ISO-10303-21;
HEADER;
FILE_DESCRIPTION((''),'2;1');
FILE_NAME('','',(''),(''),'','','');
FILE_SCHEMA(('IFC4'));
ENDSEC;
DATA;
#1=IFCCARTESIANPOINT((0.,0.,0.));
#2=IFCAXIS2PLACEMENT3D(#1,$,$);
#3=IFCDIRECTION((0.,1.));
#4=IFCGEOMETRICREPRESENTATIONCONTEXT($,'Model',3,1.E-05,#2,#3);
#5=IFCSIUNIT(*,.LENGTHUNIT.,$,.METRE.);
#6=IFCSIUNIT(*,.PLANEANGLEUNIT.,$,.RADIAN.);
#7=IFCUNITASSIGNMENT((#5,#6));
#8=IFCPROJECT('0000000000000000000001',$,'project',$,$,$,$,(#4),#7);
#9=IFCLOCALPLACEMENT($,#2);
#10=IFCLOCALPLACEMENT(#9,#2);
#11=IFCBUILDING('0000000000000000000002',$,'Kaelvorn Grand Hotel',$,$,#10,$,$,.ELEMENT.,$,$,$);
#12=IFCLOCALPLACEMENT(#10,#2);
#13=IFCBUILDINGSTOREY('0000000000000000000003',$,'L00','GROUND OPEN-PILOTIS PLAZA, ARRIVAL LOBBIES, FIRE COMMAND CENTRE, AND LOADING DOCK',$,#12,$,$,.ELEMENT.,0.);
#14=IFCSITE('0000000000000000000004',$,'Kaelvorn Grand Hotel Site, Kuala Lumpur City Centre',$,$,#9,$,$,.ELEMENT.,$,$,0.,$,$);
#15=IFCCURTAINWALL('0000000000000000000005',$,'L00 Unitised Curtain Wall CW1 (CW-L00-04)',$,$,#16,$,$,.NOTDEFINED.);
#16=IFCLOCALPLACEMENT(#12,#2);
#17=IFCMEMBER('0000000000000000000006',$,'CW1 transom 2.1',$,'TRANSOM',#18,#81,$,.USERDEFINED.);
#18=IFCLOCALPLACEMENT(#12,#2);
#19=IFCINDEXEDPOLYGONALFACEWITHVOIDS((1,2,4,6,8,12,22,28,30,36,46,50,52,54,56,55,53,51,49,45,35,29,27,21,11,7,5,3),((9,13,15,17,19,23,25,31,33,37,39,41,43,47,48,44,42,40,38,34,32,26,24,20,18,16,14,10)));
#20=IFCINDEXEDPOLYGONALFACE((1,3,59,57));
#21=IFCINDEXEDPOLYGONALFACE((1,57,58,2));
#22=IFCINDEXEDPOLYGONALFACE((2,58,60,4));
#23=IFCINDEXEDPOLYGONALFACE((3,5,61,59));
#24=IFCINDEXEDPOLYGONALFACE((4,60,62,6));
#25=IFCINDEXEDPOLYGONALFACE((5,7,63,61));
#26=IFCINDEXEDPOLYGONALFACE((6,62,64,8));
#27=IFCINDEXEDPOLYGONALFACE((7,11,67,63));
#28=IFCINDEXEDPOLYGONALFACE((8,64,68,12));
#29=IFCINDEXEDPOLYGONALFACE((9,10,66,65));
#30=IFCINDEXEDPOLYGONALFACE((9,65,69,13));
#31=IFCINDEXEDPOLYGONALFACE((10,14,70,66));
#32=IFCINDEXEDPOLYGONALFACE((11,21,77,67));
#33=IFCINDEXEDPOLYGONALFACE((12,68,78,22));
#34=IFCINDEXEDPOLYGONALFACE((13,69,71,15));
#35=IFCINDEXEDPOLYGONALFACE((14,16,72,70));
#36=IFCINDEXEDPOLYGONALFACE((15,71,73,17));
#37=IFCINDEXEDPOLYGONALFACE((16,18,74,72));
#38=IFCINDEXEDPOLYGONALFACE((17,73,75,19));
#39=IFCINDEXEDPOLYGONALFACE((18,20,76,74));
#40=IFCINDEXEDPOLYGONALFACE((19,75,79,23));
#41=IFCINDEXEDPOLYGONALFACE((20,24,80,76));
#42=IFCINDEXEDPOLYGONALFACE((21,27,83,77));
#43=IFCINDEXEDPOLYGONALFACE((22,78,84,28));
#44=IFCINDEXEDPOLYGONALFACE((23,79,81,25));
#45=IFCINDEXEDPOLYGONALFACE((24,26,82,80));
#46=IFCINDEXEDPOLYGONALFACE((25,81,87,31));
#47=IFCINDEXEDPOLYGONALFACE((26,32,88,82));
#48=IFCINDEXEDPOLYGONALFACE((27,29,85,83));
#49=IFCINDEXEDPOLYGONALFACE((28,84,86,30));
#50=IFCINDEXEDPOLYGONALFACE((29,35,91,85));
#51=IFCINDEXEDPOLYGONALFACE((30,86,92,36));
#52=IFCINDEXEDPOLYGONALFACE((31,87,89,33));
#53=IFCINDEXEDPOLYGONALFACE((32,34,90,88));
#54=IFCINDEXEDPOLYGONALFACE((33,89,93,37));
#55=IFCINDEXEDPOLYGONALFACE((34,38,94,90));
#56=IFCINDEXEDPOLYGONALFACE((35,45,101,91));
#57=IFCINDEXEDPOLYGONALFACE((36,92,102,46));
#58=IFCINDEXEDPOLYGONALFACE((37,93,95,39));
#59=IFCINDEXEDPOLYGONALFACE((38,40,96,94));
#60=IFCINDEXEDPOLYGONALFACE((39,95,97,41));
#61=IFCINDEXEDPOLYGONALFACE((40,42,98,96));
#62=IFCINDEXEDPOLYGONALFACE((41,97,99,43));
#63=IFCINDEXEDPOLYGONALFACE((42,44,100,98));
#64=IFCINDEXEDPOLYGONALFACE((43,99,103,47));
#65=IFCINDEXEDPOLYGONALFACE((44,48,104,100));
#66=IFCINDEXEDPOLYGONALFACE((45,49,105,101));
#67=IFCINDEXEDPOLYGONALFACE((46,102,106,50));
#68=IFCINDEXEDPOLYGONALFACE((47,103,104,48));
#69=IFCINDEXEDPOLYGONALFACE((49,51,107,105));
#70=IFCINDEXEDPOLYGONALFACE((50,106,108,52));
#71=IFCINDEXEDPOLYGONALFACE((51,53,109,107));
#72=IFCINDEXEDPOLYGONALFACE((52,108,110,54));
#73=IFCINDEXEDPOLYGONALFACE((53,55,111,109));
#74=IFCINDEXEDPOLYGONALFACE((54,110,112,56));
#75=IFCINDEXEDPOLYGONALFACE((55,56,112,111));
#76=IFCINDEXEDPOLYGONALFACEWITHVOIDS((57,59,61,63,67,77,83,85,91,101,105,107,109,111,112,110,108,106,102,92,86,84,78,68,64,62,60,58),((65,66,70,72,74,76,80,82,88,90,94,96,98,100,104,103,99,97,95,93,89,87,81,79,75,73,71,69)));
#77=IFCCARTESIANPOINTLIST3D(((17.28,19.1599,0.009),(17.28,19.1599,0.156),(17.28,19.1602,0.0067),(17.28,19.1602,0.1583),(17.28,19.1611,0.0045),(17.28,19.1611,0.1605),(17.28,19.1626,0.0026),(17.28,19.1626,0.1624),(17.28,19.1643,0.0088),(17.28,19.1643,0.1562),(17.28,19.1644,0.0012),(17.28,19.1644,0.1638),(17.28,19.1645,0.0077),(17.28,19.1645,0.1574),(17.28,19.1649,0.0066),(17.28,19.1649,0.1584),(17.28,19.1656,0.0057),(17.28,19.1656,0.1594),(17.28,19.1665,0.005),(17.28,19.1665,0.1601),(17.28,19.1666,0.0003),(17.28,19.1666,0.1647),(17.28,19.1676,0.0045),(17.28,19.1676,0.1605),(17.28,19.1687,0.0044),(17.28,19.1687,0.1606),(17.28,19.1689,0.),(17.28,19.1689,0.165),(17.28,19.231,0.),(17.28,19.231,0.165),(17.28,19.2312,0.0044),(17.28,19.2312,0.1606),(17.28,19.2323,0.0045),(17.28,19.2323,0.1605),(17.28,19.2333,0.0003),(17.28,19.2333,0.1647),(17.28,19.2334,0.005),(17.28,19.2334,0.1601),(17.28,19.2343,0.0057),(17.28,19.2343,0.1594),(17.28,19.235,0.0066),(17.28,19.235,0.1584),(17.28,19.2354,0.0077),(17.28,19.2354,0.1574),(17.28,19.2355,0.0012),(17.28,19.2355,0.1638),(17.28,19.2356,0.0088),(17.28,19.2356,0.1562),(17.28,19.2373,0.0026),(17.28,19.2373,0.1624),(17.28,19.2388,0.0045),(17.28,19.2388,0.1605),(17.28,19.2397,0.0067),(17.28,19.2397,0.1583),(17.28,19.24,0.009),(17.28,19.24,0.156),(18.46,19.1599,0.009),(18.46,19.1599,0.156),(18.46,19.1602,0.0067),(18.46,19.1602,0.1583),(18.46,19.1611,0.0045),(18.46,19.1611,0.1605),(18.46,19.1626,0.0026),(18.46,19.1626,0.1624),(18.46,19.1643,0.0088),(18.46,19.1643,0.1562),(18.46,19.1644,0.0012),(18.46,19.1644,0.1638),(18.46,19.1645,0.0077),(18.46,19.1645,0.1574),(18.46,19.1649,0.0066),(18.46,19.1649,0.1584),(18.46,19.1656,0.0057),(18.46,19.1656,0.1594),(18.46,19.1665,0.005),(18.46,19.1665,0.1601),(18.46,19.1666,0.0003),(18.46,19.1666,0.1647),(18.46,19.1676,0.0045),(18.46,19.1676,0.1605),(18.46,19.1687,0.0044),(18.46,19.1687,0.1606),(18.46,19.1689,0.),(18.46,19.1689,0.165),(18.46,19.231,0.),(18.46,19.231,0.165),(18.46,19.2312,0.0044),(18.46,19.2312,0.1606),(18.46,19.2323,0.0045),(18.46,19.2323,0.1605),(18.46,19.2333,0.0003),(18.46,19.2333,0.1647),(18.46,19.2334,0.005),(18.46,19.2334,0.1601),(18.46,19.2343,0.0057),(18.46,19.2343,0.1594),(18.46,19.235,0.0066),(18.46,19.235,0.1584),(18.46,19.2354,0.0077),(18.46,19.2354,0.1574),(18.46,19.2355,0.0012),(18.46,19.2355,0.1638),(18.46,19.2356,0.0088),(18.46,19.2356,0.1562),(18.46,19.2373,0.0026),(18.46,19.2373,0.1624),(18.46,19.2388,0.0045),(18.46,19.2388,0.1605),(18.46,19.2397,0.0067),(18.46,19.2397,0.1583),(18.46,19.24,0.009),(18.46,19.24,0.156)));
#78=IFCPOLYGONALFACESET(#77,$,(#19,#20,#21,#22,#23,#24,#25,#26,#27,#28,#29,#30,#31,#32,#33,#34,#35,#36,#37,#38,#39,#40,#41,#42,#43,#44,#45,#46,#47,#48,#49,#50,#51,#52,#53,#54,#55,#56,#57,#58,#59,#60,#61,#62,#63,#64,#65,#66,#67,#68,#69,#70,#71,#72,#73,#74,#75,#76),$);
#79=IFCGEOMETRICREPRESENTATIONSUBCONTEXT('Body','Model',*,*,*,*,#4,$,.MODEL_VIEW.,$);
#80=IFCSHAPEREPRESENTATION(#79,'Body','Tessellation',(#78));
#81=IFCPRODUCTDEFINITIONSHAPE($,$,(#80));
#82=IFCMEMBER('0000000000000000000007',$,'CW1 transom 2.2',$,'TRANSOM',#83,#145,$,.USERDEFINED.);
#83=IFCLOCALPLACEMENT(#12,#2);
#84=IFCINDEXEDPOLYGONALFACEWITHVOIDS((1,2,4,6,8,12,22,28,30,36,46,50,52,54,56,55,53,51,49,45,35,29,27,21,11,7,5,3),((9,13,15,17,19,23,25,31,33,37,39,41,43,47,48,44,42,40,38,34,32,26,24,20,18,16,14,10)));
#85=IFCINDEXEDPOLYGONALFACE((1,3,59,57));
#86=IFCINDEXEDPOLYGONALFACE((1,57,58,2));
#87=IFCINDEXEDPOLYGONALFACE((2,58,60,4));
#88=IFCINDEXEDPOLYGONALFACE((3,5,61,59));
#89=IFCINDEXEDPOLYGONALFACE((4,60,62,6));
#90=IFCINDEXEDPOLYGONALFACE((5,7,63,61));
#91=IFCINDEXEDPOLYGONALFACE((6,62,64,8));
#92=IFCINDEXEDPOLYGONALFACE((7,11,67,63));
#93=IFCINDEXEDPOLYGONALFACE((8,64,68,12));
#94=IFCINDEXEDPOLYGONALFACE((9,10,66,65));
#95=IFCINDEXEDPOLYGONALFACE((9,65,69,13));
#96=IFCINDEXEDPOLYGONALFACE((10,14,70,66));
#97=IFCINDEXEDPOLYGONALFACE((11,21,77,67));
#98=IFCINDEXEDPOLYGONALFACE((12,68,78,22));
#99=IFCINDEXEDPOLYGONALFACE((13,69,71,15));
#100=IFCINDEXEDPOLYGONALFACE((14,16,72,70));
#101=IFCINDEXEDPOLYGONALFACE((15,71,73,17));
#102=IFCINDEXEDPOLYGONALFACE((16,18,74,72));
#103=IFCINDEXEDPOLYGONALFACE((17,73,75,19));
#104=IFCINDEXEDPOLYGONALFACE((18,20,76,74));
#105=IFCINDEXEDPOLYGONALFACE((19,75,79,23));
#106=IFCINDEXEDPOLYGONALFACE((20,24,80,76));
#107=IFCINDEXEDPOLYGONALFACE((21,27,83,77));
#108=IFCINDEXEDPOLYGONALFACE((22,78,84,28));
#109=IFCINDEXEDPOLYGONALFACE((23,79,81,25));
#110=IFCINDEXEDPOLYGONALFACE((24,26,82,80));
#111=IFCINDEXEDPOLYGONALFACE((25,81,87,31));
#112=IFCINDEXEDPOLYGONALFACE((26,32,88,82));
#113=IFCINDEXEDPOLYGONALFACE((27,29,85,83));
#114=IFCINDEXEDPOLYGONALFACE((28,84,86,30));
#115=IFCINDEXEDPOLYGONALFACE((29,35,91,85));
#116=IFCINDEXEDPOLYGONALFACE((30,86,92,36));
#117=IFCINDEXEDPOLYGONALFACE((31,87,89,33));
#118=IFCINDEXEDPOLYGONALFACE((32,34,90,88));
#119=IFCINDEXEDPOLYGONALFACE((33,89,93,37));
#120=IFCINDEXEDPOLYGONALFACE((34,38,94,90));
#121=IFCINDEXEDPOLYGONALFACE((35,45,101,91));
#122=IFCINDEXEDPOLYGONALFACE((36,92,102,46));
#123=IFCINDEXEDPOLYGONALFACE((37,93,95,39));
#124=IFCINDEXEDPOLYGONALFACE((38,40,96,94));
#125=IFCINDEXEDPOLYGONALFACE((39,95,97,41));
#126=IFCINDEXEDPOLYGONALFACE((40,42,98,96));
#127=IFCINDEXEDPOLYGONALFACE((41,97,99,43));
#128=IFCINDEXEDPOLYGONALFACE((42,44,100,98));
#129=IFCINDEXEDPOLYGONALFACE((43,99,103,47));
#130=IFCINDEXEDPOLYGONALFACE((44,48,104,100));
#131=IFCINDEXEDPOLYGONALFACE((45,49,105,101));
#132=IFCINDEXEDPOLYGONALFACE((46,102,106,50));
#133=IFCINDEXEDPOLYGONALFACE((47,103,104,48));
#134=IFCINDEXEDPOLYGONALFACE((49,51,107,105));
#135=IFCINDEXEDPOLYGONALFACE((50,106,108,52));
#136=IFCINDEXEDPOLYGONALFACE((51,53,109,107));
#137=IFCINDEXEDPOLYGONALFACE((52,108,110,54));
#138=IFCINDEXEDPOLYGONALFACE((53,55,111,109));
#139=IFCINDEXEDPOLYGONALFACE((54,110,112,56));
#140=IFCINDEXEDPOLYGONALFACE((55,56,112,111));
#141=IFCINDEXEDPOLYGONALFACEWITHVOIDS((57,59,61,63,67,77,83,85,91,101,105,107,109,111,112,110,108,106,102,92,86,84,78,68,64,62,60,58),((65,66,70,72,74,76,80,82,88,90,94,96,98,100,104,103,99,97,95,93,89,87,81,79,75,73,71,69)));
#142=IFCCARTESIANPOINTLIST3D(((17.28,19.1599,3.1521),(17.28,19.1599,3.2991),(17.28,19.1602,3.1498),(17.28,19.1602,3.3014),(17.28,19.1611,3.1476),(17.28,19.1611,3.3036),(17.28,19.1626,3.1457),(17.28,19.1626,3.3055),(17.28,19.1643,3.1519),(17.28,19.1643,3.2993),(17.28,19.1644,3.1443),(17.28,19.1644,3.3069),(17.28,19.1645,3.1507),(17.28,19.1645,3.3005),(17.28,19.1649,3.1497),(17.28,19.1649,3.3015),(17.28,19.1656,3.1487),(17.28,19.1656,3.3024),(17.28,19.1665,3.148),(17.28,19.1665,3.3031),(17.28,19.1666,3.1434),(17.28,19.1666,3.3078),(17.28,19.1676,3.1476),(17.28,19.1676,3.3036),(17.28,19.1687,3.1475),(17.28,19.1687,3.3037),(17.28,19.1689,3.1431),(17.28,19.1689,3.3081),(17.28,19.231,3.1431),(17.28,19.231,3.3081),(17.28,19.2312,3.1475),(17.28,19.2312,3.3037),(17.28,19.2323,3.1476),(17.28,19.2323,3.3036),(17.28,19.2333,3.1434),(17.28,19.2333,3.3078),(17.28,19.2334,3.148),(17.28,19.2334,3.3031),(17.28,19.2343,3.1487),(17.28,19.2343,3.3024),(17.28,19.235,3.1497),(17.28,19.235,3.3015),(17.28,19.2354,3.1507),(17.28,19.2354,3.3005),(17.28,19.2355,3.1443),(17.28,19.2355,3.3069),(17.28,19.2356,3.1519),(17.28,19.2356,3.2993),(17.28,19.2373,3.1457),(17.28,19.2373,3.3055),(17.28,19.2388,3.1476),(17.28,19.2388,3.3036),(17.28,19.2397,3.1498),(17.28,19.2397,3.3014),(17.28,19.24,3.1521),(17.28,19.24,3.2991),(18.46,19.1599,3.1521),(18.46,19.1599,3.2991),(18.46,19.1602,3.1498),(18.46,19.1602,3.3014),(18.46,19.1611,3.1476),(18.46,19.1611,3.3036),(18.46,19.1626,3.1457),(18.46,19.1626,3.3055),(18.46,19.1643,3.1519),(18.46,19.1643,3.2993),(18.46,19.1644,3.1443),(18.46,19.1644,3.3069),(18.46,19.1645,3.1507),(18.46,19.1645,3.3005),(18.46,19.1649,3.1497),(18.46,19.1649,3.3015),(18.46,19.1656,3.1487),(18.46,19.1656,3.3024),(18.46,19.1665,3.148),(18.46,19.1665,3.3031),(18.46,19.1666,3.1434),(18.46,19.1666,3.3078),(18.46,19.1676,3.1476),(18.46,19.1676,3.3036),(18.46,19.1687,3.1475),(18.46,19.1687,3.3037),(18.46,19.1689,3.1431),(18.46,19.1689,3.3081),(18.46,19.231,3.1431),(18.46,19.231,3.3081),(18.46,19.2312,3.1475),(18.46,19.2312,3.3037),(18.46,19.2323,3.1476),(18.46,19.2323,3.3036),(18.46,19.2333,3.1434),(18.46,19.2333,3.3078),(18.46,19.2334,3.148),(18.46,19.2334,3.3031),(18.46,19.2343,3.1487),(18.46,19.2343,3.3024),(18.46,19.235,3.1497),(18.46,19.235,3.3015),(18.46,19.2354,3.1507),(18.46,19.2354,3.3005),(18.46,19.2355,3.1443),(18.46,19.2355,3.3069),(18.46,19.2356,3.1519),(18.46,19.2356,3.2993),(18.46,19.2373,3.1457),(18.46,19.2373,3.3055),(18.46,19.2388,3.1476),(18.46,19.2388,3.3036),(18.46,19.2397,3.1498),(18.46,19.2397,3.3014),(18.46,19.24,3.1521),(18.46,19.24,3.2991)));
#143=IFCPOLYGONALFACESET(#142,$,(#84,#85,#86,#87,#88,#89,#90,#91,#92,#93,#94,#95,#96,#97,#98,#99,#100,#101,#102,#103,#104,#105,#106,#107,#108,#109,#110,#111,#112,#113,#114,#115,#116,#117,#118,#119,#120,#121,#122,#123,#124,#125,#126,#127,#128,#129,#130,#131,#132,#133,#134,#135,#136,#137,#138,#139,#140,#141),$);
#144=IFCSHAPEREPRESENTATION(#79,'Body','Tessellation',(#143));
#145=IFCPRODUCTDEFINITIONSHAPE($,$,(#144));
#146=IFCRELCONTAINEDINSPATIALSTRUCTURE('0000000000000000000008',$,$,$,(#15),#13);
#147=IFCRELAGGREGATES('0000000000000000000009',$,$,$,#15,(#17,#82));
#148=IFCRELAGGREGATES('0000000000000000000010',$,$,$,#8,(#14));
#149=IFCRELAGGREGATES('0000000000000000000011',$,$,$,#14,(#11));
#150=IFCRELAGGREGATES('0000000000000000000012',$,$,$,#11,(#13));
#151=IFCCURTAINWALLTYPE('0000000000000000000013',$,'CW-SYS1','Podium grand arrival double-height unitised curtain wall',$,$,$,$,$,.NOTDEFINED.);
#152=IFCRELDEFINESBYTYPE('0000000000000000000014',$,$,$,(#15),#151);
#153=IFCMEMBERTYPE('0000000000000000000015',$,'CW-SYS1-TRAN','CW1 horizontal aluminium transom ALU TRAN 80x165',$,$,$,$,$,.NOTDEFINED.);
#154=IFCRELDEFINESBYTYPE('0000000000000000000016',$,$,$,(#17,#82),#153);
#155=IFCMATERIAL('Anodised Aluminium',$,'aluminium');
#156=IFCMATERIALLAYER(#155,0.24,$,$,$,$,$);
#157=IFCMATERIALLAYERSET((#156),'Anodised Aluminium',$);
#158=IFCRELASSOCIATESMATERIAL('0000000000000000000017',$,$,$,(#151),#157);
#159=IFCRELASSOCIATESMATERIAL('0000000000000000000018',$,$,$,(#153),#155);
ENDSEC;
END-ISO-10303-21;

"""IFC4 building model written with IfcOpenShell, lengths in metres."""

from ifc_helpers import new_model, si_unit, direction, frame, origin, origin_2d, place, context, subcontext, project, spatial, hollow_rectangle, extrude, material, layer, layer_set, material_profile, profile_set, type_object, element, aggregate, save


model = new_model("IFC4")

# Units and contexts
model_context = context("Model", 3, precision=1e-05, world=origin(), true_north=direction((0.0, 1.0)))
body_context = subcontext(model_context, "Body", "Model", "MODEL_VIEW")
ifc_project = project(units=[si_unit("LENGTHUNIT", "METRE"), si_unit("PLANEANGLEUNIT", "RADIAN")], contexts=[model_context])

# Site, building, storey
site_placement = place(None, origin())
site = spatial("IfcSite", under=ifc_project, at=site_placement, Name="Kaelvorn Grand Hotel Site, Kuala Lumpur City Centre", CompositionType="ELEMENT", RefElevation=0.0)
building_placement = place(site_placement, origin())
building = spatial("IfcBuilding", under=site, at=building_placement, Name="Kaelvorn Grand Hotel", CompositionType="ELEMENT")
storey_placement = place(building_placement, origin())
storey = spatial("IfcBuildingStorey", under=building, at=storey_placement, Name="L00", Description="GROUND OPEN-PILOTIS PLAZA, ARRIVAL LOBBIES, FIRE COMMAND CENTRE, AND LOADING DOCK", CompositionType="ELEMENT", Elevation=0.0)

# Shared definitions
ifc_material_1 = material(Name="Anodised Aluminium", Category="aluminium")
ifc_layer_1 = layer(ifc_material_1, 0.24)
ifc_layer_set_1 = layer_set([ifc_layer_1], Name="Anodised Aluminium")
curtain_wall_type = type_object("IfcCurtainWallType", Name="CW-SYS1", Description="Podium grand arrival double-height unitised curtain wall", PredefinedType="NOTDEFINED", material=ifc_layer_set_1)

# Curtain wall
curtain_wall_1_placement = place(storey_placement, origin())
curtain_wall_1 = element("IfcCurtainWall", 1, at=curtain_wall_1_placement, inside=storey, type_object=curtain_wall_type, Name="L00 Unitised Curtain Wall CW1 (CW-L00-04)", PredefinedType="NOTDEFINED")

# Members
ifc_material_profile_1 = material_profile(ifc_material_1, hollow_rectangle(XDim=0.0801, YDim=0.165, WallThickness=0.0044, InnerFilletRadius=0.0044, OuterFilletRadius=0.009, at=origin_2d()), Name="ALU TRAN 80x165")
ifc_profile_set_1 = profile_set([ifc_material_profile_1], Name="Anodised Aluminium")
member_type_1 = type_object("IfcMemberType", Name="CW-SYS1-TRAN", Description="CW1 horizontal aluminium transom ALU TRAN 80x165", PredefinedType="NOTDEFINED", material=ifc_profile_set_1)
member_1_placement = place(storey_placement, frame((18.46, 19.2, 0.0825), z_axis=(-1.0, 0.0, 0.0), x_axis=(0.0, -1.0, 0.0)))
member_1 = element("IfcMember", 2, at=member_1_placement, type_object=member_type_1, Name="CW1 transom 2.1", ObjectType="TRANSOM", PredefinedType="USERDEFINED", context=body_context, shape_type="SweptSolid", body=[
    extrude(hollow_rectangle(XDim=0.0801, YDim=0.165, WallThickness=0.0044, InnerFilletRadius=0.0044, OuterFilletRadius=0.009, at=origin_2d()), origin(), (0.0, 0.0, 1.0), 1.1799),
])
member_2_placement = place(storey_placement, frame((18.46, 19.2, 3.2256), z_axis=(-1.0, 0.0, 0.0), x_axis=(0.0, -1.0, 0.0)))
member_2 = element("IfcMember", 3, at=member_2_placement, type_object=member_type_1, Name="CW1 transom 2.2", ObjectType="TRANSOM", PredefinedType="USERDEFINED", context=body_context, shape_type="SweptSolid", body=[
    extrude(hollow_rectangle(XDim=0.0801, YDim=0.165, WallThickness=0.0044, InnerFilletRadius=0.0044, OuterFilletRadius=0.009, at=origin_2d()), origin(), (0.0, 0.0, 1.0), 1.1799),
])

aggregate(curtain_wall_1, [member_1, member_2])

save(model, "model.ifc")
